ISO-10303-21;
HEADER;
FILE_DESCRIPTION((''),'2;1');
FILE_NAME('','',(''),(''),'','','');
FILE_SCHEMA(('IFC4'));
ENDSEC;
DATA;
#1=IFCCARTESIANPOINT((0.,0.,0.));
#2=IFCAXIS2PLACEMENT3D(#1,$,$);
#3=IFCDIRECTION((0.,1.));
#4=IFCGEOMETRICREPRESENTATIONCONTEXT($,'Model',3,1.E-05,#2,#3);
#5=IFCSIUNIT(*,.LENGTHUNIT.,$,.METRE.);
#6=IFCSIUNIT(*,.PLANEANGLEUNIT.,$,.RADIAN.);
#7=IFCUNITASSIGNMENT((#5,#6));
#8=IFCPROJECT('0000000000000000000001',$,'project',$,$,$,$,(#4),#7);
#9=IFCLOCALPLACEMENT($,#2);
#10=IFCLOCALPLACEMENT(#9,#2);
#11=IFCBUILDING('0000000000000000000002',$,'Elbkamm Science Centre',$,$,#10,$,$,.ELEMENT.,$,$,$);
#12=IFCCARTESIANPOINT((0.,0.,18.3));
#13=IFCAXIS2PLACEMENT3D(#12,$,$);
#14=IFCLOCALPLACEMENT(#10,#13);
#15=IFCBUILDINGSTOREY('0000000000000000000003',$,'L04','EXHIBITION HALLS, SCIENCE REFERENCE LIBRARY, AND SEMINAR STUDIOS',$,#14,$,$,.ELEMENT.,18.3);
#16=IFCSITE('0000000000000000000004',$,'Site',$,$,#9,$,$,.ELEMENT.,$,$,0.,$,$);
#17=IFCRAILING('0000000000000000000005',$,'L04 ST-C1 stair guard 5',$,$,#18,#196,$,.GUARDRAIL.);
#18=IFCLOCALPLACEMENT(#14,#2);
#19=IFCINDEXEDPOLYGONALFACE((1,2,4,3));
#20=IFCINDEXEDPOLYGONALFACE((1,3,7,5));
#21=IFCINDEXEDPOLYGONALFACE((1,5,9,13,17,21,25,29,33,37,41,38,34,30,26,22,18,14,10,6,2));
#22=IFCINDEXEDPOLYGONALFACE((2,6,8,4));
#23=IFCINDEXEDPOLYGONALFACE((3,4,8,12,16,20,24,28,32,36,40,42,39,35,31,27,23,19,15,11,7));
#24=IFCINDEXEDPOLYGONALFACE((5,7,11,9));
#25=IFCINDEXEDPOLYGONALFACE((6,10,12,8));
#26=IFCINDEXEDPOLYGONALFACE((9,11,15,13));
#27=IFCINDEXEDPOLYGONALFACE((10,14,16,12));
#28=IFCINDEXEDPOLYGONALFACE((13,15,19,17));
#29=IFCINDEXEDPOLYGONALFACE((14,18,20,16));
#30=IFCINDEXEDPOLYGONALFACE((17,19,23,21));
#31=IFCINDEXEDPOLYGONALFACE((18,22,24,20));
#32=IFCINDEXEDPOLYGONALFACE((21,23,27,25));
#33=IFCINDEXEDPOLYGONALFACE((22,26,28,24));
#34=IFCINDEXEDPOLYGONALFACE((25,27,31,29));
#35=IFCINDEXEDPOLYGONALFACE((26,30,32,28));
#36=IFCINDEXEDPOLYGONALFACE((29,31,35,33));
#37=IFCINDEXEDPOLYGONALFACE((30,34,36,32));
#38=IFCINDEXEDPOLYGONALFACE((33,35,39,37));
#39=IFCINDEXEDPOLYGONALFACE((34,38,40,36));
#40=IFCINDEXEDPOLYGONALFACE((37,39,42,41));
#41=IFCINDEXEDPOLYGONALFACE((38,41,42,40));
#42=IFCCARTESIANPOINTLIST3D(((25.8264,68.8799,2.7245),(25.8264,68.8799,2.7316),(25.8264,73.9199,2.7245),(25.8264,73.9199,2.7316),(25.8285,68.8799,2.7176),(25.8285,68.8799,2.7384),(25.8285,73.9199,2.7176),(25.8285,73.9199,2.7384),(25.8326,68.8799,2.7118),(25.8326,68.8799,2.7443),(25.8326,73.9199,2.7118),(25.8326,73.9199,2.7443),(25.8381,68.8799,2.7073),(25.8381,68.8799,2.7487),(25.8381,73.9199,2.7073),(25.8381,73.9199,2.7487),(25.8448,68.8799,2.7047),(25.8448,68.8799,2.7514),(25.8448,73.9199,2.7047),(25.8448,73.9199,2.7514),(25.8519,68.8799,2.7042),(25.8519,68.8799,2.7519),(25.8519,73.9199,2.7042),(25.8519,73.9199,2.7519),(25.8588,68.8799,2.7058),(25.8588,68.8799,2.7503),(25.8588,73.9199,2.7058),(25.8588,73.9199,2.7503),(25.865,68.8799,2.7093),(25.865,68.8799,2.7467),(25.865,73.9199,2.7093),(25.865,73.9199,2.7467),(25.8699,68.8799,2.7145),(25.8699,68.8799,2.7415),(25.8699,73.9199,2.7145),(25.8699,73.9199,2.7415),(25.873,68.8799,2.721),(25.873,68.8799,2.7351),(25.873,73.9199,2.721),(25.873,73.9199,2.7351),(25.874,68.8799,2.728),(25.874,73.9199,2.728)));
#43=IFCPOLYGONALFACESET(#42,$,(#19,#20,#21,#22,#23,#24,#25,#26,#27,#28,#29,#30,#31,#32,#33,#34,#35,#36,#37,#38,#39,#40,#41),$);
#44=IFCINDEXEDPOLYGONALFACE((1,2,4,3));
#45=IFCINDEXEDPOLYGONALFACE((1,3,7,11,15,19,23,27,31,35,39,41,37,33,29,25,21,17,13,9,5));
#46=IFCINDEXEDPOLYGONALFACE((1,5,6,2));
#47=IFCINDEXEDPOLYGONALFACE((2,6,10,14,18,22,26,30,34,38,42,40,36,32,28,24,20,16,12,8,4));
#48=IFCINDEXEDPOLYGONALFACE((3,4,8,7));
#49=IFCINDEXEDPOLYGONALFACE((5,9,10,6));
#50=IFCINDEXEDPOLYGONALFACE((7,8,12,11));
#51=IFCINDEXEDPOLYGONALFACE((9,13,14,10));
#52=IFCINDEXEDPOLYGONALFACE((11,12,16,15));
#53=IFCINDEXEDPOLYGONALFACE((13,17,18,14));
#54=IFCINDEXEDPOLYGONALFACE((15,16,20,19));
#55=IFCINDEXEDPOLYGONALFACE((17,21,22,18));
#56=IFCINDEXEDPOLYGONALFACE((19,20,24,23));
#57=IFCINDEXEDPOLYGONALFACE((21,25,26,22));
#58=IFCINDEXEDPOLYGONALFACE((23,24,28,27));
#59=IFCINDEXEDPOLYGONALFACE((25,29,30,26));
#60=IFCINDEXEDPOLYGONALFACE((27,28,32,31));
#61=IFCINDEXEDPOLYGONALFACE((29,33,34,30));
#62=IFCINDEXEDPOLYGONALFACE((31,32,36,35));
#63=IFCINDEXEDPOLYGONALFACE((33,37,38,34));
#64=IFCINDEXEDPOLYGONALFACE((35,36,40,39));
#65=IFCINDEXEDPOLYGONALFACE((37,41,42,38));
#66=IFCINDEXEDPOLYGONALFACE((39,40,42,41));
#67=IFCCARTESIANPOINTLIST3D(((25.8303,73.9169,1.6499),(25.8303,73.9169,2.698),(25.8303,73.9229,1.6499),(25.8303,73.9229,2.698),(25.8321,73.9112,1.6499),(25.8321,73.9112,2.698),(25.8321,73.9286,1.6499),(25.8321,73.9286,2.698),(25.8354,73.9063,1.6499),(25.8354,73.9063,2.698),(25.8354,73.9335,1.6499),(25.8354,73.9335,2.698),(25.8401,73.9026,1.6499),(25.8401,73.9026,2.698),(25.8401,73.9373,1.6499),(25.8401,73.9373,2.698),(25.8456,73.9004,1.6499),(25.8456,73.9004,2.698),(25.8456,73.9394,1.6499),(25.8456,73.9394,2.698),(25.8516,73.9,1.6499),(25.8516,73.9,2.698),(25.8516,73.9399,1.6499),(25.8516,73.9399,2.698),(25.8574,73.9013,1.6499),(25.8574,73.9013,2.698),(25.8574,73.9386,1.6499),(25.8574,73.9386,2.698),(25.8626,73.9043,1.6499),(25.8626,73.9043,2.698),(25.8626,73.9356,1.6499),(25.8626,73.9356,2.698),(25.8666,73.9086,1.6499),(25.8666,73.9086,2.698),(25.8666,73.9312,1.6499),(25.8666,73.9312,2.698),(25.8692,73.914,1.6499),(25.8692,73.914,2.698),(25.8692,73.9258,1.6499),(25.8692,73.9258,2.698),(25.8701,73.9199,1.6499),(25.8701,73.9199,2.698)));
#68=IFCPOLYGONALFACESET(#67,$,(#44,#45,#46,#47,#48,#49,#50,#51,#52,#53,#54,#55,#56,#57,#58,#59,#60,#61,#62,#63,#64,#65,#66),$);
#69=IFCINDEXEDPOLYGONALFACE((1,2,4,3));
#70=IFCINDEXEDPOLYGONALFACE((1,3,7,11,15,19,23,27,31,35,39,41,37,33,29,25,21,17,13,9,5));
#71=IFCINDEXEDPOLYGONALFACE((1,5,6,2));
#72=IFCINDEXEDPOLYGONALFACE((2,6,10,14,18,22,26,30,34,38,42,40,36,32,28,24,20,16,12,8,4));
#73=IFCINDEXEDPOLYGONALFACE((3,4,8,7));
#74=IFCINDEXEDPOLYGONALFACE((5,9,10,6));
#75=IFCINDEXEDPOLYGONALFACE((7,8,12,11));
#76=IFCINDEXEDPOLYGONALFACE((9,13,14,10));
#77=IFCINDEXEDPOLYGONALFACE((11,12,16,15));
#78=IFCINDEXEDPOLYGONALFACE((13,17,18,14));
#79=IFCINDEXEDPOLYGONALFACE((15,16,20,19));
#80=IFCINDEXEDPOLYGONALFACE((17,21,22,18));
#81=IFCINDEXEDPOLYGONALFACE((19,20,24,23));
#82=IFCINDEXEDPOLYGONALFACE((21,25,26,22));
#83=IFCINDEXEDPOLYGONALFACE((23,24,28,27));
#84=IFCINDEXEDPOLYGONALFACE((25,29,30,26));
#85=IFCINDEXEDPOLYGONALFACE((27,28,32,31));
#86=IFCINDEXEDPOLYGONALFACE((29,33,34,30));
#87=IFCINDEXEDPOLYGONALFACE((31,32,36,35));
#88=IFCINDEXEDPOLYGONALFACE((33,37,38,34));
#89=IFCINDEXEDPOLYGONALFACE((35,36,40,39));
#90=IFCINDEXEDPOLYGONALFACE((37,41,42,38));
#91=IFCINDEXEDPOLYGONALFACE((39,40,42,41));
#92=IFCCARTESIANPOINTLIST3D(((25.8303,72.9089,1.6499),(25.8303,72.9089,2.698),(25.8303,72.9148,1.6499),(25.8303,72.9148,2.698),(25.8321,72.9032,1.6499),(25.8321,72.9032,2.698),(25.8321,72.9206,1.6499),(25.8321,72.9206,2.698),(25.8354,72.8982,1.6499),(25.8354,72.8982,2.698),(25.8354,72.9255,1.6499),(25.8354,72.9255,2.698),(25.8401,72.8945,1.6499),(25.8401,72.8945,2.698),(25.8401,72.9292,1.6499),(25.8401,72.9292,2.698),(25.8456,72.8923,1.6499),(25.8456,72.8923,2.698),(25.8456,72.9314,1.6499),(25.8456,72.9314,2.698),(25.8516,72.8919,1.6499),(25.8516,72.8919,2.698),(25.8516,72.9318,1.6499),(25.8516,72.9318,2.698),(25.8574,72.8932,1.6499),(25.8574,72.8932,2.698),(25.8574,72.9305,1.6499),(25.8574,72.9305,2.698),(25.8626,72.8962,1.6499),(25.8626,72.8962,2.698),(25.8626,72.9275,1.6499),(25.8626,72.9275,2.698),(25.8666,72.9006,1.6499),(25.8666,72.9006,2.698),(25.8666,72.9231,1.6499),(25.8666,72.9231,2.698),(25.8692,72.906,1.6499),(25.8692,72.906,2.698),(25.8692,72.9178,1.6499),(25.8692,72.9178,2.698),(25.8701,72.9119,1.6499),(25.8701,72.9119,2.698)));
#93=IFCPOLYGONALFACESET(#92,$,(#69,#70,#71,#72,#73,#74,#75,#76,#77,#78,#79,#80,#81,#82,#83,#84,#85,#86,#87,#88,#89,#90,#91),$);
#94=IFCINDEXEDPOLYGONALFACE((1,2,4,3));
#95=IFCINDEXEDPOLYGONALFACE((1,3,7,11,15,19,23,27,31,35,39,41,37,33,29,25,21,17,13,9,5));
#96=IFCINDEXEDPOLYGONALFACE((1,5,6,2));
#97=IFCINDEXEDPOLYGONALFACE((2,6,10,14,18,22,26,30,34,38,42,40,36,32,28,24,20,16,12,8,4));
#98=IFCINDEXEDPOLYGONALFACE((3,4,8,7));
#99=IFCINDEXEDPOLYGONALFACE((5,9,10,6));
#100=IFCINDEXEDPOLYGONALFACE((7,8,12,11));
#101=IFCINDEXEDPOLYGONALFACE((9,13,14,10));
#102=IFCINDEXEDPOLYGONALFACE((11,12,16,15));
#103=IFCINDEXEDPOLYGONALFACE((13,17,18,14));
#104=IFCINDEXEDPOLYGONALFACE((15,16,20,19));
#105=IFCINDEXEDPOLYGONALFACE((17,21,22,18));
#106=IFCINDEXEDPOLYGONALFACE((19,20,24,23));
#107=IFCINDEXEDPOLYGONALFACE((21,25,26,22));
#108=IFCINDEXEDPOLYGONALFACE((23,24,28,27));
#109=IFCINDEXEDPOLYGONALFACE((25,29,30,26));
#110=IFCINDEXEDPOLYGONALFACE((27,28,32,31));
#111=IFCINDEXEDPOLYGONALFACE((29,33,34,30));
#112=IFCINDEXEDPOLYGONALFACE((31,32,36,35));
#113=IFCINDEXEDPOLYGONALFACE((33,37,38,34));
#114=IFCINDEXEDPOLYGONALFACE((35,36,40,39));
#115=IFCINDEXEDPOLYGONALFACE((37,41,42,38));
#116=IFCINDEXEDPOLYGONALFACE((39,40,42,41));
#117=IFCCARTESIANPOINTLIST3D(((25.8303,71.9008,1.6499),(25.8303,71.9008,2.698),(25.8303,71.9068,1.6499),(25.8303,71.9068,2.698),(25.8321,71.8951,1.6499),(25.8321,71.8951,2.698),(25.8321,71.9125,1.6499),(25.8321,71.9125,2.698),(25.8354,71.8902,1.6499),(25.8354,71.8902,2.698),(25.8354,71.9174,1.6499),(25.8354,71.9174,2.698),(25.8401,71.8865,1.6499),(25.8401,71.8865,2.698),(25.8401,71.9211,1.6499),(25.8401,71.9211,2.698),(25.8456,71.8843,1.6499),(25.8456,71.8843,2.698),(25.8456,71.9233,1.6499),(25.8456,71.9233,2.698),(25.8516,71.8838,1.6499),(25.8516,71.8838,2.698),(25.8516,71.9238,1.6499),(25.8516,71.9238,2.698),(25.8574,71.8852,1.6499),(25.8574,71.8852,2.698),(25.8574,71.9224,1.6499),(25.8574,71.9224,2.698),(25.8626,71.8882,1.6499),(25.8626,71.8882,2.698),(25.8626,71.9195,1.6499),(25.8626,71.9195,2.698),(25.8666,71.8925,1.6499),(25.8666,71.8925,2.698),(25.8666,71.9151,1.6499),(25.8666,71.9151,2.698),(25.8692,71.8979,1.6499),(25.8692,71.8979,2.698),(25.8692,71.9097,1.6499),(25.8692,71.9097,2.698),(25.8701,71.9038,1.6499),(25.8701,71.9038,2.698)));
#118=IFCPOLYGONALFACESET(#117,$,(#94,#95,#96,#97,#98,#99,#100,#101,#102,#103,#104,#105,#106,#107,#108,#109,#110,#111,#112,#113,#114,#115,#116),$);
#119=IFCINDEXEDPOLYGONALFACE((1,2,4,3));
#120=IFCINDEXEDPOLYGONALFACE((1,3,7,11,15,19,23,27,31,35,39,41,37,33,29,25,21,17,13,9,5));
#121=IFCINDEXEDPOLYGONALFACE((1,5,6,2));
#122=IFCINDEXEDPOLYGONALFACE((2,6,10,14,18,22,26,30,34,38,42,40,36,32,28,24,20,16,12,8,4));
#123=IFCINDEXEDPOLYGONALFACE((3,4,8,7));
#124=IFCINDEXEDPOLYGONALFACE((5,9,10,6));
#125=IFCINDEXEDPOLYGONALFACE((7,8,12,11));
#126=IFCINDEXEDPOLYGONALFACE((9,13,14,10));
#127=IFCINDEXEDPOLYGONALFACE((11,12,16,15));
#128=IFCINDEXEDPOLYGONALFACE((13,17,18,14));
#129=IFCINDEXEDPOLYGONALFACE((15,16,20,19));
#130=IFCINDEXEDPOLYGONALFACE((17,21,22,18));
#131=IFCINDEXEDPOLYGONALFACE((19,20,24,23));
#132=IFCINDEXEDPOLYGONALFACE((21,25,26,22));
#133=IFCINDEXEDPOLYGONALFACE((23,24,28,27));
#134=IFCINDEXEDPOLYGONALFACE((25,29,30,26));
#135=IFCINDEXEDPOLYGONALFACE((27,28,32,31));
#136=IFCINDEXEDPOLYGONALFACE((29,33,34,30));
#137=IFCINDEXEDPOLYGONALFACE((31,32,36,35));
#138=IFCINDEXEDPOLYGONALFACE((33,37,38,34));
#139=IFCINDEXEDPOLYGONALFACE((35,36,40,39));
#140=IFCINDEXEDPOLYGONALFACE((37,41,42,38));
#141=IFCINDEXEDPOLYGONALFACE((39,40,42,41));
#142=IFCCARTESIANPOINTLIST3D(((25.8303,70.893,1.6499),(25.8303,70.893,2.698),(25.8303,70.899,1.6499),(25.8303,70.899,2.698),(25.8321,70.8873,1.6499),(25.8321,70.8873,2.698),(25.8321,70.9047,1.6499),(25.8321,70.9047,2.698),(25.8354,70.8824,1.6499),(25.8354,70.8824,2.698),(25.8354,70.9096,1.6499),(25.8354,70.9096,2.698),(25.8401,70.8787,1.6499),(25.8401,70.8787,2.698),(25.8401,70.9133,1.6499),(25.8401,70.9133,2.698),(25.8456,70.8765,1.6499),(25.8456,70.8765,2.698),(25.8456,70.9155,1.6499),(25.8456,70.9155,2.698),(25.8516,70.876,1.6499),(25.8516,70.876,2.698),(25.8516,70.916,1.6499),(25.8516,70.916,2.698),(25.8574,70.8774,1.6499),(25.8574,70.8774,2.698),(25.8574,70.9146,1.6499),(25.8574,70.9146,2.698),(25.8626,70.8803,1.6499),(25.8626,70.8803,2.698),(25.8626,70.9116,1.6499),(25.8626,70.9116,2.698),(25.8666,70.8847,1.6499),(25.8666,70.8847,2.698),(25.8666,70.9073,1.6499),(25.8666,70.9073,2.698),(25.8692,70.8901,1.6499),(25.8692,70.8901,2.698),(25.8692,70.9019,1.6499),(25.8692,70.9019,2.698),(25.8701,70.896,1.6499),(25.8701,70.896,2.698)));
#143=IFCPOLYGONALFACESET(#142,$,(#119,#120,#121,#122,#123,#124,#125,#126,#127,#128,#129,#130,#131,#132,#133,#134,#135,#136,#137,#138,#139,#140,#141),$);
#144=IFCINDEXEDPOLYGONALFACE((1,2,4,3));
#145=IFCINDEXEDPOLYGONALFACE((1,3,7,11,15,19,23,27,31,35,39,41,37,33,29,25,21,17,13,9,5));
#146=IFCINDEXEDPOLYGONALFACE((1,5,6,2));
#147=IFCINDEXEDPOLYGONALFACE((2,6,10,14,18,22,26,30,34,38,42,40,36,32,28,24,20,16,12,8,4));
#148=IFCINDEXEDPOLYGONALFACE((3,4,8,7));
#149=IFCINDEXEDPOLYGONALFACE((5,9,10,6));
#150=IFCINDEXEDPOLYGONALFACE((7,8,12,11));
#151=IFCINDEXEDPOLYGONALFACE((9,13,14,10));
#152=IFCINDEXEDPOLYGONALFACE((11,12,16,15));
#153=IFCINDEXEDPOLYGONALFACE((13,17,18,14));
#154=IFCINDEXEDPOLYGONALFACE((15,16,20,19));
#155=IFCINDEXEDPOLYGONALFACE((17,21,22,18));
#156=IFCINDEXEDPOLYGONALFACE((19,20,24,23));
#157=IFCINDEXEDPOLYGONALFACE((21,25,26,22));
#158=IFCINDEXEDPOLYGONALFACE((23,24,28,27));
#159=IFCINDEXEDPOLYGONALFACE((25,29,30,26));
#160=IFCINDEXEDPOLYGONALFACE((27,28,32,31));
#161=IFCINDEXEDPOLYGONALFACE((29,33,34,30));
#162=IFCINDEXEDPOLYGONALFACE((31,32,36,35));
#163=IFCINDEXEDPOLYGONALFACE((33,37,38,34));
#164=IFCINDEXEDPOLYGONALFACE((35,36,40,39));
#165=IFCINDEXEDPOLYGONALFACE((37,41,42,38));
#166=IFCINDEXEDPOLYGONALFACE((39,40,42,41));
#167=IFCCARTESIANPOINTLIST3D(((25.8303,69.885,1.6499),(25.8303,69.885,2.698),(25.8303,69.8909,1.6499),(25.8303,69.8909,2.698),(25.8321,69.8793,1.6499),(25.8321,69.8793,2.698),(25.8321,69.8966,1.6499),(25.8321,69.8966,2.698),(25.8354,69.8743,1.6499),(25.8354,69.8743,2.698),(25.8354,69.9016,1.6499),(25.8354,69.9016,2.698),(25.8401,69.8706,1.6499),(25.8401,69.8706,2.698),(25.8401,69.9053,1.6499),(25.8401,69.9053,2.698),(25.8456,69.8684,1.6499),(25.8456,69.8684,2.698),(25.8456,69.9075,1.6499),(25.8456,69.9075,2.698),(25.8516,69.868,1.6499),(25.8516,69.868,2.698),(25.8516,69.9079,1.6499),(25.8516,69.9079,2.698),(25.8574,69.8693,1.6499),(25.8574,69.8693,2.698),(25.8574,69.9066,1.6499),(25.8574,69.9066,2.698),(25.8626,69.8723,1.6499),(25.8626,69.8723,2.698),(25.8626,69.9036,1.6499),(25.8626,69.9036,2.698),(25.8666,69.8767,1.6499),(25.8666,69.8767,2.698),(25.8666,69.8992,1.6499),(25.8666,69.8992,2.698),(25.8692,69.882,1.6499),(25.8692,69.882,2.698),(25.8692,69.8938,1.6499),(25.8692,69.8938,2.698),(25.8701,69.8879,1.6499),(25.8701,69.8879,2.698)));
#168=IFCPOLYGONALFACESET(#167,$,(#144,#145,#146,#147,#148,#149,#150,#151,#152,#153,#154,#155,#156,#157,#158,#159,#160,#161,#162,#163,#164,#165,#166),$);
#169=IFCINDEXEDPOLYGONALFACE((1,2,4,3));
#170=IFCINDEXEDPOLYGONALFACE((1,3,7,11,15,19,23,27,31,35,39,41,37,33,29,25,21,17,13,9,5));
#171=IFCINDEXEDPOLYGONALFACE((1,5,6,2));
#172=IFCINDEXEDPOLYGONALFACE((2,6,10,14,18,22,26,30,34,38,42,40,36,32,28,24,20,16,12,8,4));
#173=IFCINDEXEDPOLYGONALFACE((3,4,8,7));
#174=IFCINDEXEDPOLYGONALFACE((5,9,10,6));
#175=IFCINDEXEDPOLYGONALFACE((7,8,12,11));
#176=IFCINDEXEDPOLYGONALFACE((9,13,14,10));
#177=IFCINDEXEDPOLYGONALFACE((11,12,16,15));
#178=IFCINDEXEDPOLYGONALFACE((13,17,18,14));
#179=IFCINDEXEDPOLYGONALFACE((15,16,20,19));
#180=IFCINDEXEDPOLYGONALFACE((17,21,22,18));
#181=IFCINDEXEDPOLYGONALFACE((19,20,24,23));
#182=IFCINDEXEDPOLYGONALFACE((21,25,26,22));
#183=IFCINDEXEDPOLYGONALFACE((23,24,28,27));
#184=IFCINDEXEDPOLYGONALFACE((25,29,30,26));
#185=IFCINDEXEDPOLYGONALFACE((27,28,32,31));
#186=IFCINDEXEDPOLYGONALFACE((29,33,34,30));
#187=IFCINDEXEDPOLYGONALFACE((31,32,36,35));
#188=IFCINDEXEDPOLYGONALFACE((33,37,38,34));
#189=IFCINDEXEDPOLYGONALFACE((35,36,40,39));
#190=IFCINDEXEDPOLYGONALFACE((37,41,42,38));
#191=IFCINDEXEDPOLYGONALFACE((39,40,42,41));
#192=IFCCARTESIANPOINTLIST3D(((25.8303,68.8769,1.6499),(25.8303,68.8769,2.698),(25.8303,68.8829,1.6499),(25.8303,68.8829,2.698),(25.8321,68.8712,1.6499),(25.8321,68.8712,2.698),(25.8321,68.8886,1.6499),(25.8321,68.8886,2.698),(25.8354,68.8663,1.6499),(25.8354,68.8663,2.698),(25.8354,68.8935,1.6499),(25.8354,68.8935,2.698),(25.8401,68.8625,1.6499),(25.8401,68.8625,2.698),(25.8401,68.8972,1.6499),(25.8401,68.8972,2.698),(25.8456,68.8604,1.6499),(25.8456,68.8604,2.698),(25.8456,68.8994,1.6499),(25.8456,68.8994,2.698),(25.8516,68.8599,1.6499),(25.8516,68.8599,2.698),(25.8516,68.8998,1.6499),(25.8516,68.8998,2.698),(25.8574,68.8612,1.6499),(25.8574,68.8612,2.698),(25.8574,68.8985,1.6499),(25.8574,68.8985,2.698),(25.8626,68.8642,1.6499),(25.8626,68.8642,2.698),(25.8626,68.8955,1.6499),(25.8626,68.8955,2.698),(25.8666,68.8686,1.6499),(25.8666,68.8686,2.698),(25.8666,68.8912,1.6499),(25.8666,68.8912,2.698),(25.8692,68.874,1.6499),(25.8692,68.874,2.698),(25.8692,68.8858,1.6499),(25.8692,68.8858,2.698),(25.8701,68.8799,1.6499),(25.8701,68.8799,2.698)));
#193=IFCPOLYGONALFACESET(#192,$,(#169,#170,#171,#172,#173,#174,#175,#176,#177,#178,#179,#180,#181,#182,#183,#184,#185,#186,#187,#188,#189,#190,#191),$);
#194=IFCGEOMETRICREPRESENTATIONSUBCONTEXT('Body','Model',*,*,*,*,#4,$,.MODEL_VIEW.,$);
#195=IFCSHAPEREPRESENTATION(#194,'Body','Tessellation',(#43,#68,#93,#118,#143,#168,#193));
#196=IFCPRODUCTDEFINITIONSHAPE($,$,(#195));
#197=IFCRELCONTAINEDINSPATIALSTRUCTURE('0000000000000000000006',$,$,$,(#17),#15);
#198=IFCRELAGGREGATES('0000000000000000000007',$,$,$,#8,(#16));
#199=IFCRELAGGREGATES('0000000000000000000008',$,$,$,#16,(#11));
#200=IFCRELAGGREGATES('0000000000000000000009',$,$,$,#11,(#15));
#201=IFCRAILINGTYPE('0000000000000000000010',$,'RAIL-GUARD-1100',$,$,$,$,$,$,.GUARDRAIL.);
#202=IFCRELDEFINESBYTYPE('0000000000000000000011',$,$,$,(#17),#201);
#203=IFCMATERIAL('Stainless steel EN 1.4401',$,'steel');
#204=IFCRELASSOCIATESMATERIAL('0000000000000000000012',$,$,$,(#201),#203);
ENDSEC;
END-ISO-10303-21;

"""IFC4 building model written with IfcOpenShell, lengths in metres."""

from ifc_helpers import new_model, si_unit, direction, frame, origin, origin_2d, place, context, subcontext, project, spatial, circle, extrude, material, type_object, element, save


model = new_model("IFC4")

# Units and contexts
model_context = context("Model", 3, precision=1e-05, world=origin(), true_north=direction((0.0, 1.0)))
body_context = subcontext(model_context, "Body", "Model", "MODEL_VIEW")
ifc_project = project(units=[si_unit("LENGTHUNIT", "METRE"), si_unit("PLANEANGLEUNIT", "RADIAN")], contexts=[model_context])

# Site, building, storey
site_placement = place(None, origin())
site = spatial("IfcSite", under=ifc_project, at=site_placement, Name="Site", CompositionType="ELEMENT", RefElevation=0.0)
building_placement = place(site_placement, origin())
building = spatial("IfcBuilding", under=site, at=building_placement, Name="Elbkamm Science Centre", CompositionType="ELEMENT")
storey_placement = place(building_placement, frame((0.0, 0.0, 18.3)))
storey = spatial("IfcBuildingStorey", under=building, at=storey_placement, Name="L04", Description="EXHIBITION HALLS, SCIENCE REFERENCE LIBRARY, AND SEMINAR STUDIOS", CompositionType="ELEMENT", Elevation=18.3)

# Railing
ifc_material_1 = material(Name="Stainless steel EN 1.4401", Category="steel")
railing_type_1 = type_object("IfcRailingType", Name="RAIL-GUARD-1100", PredefinedType="GUARDRAIL", material=ifc_material_1)
railing_1_placement = place(storey_placement, frame((25.8501, 73.9199, 1.6499)))
element("IfcRailing", 1, at=railing_1_placement, inside=storey, type_object=railing_type_1, Name="L04 ST-C1 stair guard 5", PredefinedType="GUARDRAIL", context=body_context, shape_type="SweptSolid", body=[
    extrude(circle(Radius=0.0239, at=origin_2d()), frame((0.0, 0.0, 1.0781), z_axis=(0.0, -1.0, 0.0), x_axis=(1.0, 0.0, 0.0)), (0.0, 0.0, 1.0), 5.04),
    extrude(circle(Radius=0.02, at=origin_2d()), origin(), (0.0, 0.0, 1.0), 1.0481),
    extrude(circle(Radius=0.02, at=origin_2d()), frame((0.0, -1.0081, 0.0)), (0.0, 0.0, 1.0), 1.0481),
    extrude(circle(Radius=0.02, at=origin_2d()), frame((0.0, -2.0161, 0.0)), (0.0, 0.0, 1.0), 1.0481),
    extrude(circle(Radius=0.02, at=origin_2d()), frame((0.0, -3.0239, 0.0)), (0.0, 0.0, 1.0), 1.0481),
    extrude(circle(Radius=0.02, at=origin_2d()), frame((0.0, -4.032, 0.0)), (0.0, 0.0, 1.0), 1.0481),
    extrude(circle(Radius=0.02, at=origin_2d()), frame((0.0, -5.04, 0.0)), (0.0, 0.0, 1.0), 1.0481),
])

save(model, "model.ifc")
